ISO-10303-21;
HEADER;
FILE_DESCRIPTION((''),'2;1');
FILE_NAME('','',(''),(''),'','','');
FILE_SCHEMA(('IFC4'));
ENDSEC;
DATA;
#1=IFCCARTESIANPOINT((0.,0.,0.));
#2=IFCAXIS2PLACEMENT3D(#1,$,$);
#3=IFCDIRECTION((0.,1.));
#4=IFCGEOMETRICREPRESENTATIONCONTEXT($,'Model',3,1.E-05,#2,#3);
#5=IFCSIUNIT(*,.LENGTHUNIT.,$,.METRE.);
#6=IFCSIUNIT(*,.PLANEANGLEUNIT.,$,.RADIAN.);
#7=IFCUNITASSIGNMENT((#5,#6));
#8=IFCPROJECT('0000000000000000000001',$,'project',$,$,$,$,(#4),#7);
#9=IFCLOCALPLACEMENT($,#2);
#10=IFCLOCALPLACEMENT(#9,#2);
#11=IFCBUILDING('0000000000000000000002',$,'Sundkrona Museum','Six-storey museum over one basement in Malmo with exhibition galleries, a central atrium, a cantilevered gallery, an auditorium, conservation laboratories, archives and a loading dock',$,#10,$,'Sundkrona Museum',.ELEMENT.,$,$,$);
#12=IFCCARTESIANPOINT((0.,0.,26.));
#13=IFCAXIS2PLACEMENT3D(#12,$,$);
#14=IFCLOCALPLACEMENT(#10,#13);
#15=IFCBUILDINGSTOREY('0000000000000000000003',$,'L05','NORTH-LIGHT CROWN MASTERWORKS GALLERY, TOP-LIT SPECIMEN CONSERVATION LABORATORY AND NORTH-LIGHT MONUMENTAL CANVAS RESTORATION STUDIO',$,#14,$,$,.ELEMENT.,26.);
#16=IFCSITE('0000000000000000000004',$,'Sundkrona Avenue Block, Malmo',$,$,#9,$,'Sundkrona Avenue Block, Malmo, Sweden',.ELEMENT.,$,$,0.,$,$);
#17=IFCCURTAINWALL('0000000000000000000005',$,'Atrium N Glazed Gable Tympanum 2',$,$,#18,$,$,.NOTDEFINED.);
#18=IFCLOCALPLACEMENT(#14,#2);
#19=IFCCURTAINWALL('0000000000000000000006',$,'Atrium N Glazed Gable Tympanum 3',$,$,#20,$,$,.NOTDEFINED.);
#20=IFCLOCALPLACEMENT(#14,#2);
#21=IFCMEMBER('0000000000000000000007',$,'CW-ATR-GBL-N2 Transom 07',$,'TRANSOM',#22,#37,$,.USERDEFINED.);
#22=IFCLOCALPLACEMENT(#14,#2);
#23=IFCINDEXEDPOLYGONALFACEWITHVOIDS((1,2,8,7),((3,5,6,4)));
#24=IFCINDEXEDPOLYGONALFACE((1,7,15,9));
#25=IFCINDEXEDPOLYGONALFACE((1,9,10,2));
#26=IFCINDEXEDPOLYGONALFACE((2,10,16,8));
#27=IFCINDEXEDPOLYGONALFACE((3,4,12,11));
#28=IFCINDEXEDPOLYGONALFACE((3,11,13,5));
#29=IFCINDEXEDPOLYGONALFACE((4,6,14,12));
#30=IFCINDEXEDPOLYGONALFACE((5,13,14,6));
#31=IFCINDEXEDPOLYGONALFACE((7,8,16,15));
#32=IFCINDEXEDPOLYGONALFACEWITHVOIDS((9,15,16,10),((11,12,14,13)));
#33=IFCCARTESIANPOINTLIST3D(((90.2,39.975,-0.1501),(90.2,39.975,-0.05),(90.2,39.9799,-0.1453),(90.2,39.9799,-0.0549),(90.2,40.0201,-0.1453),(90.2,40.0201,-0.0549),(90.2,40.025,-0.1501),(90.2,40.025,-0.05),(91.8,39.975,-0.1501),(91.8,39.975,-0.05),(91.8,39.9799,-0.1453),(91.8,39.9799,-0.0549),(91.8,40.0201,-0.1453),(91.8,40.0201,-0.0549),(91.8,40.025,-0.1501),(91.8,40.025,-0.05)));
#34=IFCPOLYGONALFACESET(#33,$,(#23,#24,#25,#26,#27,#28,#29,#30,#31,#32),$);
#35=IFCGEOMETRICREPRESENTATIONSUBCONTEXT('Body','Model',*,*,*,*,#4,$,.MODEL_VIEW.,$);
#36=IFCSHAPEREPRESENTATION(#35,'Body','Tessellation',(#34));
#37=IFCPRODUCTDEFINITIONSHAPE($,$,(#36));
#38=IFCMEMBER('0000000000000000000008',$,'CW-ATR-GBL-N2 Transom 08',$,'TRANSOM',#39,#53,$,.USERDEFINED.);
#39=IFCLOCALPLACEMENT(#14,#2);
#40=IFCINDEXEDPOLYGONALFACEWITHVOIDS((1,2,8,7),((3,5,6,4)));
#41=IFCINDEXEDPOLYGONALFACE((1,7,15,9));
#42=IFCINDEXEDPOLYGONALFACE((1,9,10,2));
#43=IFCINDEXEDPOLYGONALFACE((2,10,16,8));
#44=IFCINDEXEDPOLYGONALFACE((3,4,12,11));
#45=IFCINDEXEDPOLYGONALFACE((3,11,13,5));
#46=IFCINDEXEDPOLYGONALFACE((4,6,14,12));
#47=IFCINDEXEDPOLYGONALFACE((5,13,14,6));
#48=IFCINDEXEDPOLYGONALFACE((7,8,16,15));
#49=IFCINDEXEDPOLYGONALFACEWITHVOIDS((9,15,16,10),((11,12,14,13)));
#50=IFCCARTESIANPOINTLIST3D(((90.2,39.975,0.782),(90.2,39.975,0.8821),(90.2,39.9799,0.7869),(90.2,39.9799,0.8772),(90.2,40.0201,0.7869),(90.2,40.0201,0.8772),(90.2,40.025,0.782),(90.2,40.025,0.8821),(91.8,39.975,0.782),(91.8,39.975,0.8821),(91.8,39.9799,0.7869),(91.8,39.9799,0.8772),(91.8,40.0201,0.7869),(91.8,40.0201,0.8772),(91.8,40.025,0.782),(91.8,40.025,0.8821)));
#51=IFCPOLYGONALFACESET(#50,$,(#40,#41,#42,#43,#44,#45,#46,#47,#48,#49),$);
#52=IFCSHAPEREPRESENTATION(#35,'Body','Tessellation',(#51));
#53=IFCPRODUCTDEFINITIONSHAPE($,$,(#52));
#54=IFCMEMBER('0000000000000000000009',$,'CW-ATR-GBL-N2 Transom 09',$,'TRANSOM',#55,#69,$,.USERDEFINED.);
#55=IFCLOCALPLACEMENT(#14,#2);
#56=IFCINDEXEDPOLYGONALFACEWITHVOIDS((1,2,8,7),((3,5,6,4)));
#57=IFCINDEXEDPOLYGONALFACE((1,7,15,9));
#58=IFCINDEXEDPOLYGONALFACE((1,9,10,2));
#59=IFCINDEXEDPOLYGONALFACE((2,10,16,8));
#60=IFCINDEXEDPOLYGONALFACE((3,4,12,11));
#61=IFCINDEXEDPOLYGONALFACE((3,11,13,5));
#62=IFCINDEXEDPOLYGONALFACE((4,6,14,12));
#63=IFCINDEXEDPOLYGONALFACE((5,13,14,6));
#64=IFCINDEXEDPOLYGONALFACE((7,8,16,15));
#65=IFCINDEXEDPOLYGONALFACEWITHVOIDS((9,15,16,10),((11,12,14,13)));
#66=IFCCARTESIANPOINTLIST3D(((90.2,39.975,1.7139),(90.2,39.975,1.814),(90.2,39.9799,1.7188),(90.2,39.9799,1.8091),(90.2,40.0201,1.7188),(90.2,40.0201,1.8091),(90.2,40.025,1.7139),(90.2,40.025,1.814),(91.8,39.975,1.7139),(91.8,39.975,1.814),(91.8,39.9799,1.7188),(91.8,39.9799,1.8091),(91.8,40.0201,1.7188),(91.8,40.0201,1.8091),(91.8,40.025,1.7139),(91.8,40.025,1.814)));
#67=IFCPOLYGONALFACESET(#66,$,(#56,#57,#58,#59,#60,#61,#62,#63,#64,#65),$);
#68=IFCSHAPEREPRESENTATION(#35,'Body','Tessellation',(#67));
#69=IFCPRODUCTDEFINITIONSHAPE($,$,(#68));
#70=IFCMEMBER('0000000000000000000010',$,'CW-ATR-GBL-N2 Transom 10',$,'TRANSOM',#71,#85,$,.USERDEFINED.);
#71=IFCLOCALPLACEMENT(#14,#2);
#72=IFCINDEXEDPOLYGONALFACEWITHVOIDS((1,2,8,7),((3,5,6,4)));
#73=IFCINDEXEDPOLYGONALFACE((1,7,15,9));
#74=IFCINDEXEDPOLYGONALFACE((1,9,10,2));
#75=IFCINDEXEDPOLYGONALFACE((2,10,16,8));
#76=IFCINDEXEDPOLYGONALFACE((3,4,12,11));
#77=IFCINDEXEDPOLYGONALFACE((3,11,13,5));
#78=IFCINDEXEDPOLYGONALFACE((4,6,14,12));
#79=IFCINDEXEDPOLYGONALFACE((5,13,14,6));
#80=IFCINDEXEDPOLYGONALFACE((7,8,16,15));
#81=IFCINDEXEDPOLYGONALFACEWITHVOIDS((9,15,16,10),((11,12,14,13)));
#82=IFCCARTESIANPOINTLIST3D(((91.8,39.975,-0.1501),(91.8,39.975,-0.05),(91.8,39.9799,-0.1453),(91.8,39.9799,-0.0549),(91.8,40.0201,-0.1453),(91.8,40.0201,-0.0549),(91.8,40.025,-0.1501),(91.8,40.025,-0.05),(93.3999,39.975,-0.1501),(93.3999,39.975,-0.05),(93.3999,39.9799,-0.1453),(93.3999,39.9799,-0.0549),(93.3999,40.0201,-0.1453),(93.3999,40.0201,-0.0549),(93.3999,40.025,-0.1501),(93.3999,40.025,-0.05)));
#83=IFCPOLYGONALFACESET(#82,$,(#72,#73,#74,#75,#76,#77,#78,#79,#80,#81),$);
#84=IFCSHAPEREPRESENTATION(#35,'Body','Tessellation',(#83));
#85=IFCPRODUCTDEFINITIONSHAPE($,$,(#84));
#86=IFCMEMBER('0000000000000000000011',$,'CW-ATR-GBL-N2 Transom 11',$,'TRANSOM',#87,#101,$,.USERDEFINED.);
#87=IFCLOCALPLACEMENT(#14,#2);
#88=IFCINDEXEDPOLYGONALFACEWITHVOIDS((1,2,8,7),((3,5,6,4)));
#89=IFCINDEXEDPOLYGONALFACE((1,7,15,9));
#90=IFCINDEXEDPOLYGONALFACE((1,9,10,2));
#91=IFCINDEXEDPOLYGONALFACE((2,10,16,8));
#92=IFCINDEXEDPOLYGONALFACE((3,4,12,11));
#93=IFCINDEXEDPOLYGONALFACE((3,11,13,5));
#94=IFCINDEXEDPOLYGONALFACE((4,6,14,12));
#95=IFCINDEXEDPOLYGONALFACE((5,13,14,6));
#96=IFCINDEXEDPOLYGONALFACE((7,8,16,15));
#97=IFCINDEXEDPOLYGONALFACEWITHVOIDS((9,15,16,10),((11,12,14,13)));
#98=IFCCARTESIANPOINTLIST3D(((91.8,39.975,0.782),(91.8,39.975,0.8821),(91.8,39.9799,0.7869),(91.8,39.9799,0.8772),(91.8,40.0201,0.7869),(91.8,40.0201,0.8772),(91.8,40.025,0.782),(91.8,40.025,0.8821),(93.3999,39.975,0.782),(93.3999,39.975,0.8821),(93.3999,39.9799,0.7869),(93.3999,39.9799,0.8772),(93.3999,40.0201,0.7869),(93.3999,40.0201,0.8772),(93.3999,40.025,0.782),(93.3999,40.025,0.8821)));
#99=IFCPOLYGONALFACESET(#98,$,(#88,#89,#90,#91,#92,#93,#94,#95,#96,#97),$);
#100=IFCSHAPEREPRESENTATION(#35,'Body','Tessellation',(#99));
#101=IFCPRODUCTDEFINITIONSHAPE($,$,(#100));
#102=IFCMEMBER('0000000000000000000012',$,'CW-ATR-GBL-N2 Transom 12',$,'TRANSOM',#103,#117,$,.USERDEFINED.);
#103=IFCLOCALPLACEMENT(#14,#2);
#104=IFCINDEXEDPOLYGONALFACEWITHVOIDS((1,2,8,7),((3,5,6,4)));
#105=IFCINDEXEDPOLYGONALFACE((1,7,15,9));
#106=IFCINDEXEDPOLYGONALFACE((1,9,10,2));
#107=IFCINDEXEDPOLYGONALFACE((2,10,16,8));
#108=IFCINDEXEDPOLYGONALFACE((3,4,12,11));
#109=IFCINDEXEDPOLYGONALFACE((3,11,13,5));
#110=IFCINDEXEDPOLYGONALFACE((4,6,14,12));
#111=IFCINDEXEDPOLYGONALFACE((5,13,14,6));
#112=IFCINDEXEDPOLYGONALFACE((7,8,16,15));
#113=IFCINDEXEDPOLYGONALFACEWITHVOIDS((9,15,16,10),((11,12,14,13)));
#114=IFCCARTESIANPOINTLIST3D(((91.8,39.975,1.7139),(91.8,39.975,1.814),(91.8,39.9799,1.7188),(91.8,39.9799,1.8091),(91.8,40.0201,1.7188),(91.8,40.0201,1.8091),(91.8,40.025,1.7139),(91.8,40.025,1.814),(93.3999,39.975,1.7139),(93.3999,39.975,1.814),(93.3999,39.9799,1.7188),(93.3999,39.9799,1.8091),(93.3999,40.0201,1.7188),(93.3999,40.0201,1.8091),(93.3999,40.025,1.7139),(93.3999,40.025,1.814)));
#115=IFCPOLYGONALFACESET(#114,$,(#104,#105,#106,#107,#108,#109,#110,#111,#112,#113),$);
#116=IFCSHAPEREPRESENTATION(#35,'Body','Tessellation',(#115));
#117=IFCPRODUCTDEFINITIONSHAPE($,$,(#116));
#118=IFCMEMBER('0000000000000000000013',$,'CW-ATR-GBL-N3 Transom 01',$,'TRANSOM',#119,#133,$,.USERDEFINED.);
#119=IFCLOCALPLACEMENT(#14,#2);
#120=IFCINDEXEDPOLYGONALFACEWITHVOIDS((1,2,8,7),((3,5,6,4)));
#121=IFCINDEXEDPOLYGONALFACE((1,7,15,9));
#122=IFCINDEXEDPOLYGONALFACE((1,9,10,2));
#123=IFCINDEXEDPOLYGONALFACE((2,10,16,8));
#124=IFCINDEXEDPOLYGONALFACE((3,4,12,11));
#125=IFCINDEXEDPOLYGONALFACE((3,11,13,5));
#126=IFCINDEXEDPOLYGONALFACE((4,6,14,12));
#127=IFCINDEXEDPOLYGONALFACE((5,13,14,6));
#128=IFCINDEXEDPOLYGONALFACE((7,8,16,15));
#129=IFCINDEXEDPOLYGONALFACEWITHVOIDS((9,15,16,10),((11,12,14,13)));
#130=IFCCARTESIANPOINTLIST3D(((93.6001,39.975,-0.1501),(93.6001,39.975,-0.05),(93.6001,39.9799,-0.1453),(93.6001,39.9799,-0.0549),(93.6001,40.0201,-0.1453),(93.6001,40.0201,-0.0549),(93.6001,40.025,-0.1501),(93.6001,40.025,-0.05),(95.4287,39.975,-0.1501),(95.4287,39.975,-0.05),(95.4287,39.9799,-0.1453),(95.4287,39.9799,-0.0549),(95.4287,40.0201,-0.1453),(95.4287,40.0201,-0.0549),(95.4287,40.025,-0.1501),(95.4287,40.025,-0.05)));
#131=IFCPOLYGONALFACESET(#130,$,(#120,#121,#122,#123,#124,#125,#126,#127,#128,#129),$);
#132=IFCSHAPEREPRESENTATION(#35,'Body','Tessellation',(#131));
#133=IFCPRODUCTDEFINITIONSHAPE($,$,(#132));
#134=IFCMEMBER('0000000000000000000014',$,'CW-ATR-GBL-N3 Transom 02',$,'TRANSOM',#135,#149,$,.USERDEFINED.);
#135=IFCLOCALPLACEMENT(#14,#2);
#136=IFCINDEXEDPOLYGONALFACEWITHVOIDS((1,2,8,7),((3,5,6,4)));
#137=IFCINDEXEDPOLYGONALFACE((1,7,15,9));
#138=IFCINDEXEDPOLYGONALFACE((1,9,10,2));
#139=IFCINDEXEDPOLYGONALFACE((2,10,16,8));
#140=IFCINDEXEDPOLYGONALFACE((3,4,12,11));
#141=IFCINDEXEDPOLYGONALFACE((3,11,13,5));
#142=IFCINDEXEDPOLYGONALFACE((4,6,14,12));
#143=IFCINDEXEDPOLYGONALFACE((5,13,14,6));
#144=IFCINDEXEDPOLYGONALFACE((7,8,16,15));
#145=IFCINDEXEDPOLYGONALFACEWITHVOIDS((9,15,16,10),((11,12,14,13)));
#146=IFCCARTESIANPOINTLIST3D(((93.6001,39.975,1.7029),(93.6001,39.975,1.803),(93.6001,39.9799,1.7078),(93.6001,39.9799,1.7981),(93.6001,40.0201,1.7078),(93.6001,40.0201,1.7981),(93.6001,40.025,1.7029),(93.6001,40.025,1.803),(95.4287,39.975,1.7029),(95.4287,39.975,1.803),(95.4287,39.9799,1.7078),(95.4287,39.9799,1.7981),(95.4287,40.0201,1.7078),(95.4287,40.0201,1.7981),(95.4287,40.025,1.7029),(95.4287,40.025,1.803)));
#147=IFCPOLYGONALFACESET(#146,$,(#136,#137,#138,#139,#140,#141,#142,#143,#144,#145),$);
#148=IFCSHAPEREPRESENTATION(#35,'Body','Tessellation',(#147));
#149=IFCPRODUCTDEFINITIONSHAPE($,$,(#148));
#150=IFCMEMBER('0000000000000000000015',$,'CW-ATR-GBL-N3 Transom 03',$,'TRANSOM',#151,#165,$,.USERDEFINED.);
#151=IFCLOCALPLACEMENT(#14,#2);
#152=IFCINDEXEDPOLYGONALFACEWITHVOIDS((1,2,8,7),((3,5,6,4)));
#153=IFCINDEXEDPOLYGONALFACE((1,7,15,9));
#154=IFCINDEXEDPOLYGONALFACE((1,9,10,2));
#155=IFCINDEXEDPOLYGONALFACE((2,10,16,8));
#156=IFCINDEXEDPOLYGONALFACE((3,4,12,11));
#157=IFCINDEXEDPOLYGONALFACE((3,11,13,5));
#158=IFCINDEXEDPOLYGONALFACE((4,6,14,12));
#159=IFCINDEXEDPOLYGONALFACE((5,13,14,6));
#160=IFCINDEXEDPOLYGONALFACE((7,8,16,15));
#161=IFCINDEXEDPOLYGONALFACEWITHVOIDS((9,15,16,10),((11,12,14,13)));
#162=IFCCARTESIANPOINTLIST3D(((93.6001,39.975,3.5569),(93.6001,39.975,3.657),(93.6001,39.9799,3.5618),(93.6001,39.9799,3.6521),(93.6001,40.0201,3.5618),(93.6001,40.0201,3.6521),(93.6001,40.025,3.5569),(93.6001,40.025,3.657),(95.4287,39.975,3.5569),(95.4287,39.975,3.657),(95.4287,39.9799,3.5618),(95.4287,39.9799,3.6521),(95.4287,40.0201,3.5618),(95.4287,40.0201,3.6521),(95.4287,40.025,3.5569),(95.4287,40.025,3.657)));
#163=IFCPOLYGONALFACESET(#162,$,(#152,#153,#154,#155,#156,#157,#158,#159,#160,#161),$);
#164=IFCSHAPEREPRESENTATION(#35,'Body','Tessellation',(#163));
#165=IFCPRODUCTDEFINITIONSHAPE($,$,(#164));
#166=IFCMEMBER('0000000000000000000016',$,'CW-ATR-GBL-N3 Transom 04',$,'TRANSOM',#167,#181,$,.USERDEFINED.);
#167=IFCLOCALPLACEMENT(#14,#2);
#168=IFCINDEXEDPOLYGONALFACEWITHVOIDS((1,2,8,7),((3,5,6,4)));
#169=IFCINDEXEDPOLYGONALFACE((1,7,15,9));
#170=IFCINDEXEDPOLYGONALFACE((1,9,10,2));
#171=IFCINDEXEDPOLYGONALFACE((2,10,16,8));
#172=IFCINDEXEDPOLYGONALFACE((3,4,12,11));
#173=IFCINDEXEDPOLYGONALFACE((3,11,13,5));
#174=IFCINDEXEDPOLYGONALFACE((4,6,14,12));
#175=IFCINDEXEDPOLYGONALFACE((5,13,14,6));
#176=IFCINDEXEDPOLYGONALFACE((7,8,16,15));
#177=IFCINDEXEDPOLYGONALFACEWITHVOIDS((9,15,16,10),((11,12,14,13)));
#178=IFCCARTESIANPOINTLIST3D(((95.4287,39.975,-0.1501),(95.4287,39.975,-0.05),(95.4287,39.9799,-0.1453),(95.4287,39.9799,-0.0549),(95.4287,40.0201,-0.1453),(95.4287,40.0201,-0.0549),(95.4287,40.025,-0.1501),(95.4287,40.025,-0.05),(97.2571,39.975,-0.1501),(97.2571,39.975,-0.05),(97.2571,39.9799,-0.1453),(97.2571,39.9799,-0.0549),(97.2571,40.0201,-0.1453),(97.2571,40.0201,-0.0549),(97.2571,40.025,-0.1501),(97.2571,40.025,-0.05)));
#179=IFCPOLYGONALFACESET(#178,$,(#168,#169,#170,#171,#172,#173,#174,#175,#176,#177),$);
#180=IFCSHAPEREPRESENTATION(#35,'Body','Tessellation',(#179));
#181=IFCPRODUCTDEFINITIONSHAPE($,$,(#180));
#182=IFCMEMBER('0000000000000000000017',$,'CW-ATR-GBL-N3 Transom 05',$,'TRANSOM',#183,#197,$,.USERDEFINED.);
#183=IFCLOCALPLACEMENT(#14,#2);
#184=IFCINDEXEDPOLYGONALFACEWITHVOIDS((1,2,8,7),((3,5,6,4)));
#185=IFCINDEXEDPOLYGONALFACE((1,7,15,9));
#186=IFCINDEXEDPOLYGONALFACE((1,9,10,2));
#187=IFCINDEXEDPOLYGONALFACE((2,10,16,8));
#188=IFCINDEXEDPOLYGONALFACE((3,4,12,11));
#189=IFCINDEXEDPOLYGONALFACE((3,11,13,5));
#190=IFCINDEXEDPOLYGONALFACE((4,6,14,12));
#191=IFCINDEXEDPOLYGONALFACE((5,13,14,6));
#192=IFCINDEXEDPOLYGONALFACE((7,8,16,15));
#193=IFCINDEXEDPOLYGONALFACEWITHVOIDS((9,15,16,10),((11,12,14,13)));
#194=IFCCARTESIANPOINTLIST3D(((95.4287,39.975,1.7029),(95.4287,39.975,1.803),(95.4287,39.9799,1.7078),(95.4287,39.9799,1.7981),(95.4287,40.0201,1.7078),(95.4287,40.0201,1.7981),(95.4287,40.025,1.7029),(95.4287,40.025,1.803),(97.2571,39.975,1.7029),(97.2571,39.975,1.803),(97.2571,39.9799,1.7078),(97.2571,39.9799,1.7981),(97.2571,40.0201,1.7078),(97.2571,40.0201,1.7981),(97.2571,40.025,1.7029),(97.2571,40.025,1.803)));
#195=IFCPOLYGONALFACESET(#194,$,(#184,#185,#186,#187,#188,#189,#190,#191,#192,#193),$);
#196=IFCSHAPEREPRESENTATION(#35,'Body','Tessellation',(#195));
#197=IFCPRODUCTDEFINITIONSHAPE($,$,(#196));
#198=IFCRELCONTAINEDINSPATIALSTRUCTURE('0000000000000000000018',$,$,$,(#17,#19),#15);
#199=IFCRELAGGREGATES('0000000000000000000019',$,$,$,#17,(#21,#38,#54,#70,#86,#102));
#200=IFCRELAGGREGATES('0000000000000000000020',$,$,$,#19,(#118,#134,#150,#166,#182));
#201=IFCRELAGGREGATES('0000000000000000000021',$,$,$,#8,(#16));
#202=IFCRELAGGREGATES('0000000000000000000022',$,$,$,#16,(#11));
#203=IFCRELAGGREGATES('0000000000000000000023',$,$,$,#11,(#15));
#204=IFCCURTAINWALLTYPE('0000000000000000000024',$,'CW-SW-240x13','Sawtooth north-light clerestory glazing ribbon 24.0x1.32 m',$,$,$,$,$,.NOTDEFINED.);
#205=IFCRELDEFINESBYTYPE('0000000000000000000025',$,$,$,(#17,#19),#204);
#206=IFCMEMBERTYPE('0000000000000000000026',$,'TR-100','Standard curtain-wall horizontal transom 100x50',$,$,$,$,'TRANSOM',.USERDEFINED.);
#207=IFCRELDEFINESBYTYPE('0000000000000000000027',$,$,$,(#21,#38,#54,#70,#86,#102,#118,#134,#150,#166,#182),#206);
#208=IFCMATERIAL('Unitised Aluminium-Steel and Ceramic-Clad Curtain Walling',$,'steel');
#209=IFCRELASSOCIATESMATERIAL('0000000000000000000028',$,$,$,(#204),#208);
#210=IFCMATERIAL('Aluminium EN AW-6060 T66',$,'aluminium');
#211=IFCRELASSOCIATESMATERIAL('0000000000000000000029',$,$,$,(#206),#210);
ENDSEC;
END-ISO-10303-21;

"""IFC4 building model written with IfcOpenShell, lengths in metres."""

from ifc_helpers import new_model, si_unit, direction, frame, origin, origin_2d, place, context, subcontext, project, spatial, hollow_rectangle, extrude, material, material_profile, profile_set, type_object, element, aggregate, save


model = new_model("IFC4")

# Units and contexts
model_context = context("Model", 3, precision=1e-05, world=origin(), true_north=direction((0.0, 1.0)))
body_context = subcontext(model_context, "Body", "Model", "MODEL_VIEW")
ifc_project = project(units=[si_unit("LENGTHUNIT", "METRE"), si_unit("PLANEANGLEUNIT", "RADIAN")], contexts=[model_context])

# Site, building, storey
site_placement = place(None, origin())
site = spatial("IfcSite", under=ifc_project, at=site_placement, Name="Sundkrona Avenue Block, Malmo", LongName="Sundkrona Avenue Block, Malmo, Sweden", CompositionType="ELEMENT", RefElevation=0.0)
building_placement = place(site_placement, origin())
building = spatial("IfcBuilding", under=site, at=building_placement, Name="Sundkrona Museum", Description="Six-storey museum over one basement in Malmo with exhibition galleries, a central atrium, a cantilevered gallery, an auditorium, conservation laboratories, archives and a loading dock", LongName="Sundkrona Museum", CompositionType="ELEMENT")
storey_placement = place(building_placement, frame((0.0, 0.0, 26.0)))
storey = spatial("IfcBuildingStorey", under=building, at=storey_placement, Name="L05", Description="NORTH-LIGHT CROWN MASTERWORKS GALLERY, TOP-LIT SPECIMEN CONSERVATION LABORATORY AND NORTH-LIGHT MONUMENTAL CANVAS RESTORATION STUDIO", CompositionType="ELEMENT", Elevation=26.0)

# Curtain walls
ifc_material_1 = material(Name="Unitised Aluminium-Steel and Ceramic-Clad Curtain Walling", Category="steel")
curtain_wall_type = type_object("IfcCurtainWallType", Name="CW-SW-240x13", Description="Sawtooth north-light clerestory glazing ribbon 24.0x1.32 m", PredefinedType="NOTDEFINED", material=ifc_material_1)
curtain_wall_1_placement = place(storey_placement, origin())
curtain_wall_1 = element("IfcCurtainWall", 1, at=curtain_wall_1_placement, inside=storey, type_object=curtain_wall_type, Name="Atrium N Glazed Gable Tympanum 2", PredefinedType="NOTDEFINED")
ifc_material_2 = material(Name="Aluminium EN AW-6060 T66", Category="aluminium")
curtain_wall_2_placement = place(storey_placement, origin())
curtain_wall_2 = element("IfcCurtainWall", 2, at=curtain_wall_2_placement, inside=storey, type_object=curtain_wall_type, Name="Atrium N Glazed Gable Tympanum 3", PredefinedType="NOTDEFINED")

# Members
ifc_material_profile_1 = material_profile(ifc_material_2, hollow_rectangle(XDim=0.05, YDim=0.1001, WallThickness=0.0049, at=origin_2d()), Name="RHS 100x50x5.0")
ifc_profile_set_1 = profile_set([ifc_material_profile_1], Name="Aluminium EN AW-6060 T66")
member_type_1 = type_object("IfcMemberType", Name="TR-100", Description="Standard curtain-wall horizontal transom 100x50", ElementType="TRANSOM", PredefinedType="USERDEFINED", material=ifc_profile_set_1)
member_1_placement = place(storey_placement, frame((90.2, 40.0, -0.1001), z_axis=(1.0, 0.0, 0.0), x_axis=(0.0, 1.0, 0.0)))
member_1 = element("IfcMember", 3, at=member_1_placement, type_object=member_type_1, Name="CW-ATR-GBL-N2 Transom 07", ObjectType="TRANSOM", PredefinedType="USERDEFINED", context=body_context, shape_type="SweptSolid", body=[
    extrude(hollow_rectangle(XDim=0.05, YDim=0.1001, WallThickness=0.0049, at=origin_2d()), origin(), (0.0, 0.0, 1.0), 1.6001),
])
member_2_placement = place(storey_placement, frame((90.2, 40.0, 0.832), z_axis=(1.0, 0.0, 0.0), x_axis=(0.0, 1.0, 0.0)))
member_2 = element("IfcMember", 4, at=member_2_placement, type_object=member_type_1, Name="CW-ATR-GBL-N2 Transom 08", ObjectType="TRANSOM", PredefinedType="USERDEFINED", context=body_context, shape_type="SweptSolid", body=[
    extrude(hollow_rectangle(XDim=0.05, YDim=0.1001, WallThickness=0.0049, at=origin_2d()), origin(), (0.0, 0.0, 1.0), 1.6001),
])
member_3_placement = place(storey_placement, frame((90.2, 40.0, 1.7639), z_axis=(1.0, 0.0, 0.0), x_axis=(0.0, 1.0, 0.0)))
member_3 = element("IfcMember", 5, at=member_3_placement, type_object=member_type_1, Name="CW-ATR-GBL-N2 Transom 09", ObjectType="TRANSOM", PredefinedType="USERDEFINED", context=body_context, shape_type="SweptSolid", body=[
    extrude(hollow_rectangle(XDim=0.05, YDim=0.1001, WallThickness=0.0049, at=origin_2d()), origin(), (0.0, 0.0, 1.0), 1.6001),
])
member_4_placement = place(storey_placement, frame((91.8, 40.0, -0.1001), z_axis=(1.0, 0.0, 0.0), x_axis=(0.0, 1.0, 0.0)))
member_4 = element("IfcMember", 6, at=member_4_placement, type_object=member_type_1, Name="CW-ATR-GBL-N2 Transom 10", ObjectType="TRANSOM", PredefinedType="USERDEFINED", context=body_context, shape_type="SweptSolid", body=[
    extrude(hollow_rectangle(XDim=0.05, YDim=0.1001, WallThickness=0.0049, at=origin_2d()), origin(), (0.0, 0.0, 1.0), 1.5999),
])
member_5_placement = place(storey_placement, frame((91.8, 40.0, 0.832), z_axis=(1.0, 0.0, 0.0), x_axis=(0.0, 1.0, 0.0)))
member_5 = element("IfcMember", 7, at=member_5_placement, type_object=member_type_1, Name="CW-ATR-GBL-N2 Transom 11", ObjectType="TRANSOM", PredefinedType="USERDEFINED", context=body_context, shape_type="SweptSolid", body=[
    extrude(hollow_rectangle(XDim=0.05, YDim=0.1001, WallThickness=0.0049, at=origin_2d()), origin(), (0.0, 0.0, 1.0), 1.5999),
])
member_6_placement = place(storey_placement, frame((91.8, 40.0, 1.7639), z_axis=(1.0, 0.0, 0.0), x_axis=(0.0, 1.0, 0.0)))
member_6 = element("IfcMember", 8, at=member_6_placement, type_object=member_type_1, Name="CW-ATR-GBL-N2 Transom 12", ObjectType="TRANSOM", PredefinedType="USERDEFINED", context=body_context, shape_type="SweptSolid", body=[
    extrude(hollow_rectangle(XDim=0.05, YDim=0.1001, WallThickness=0.0049, at=origin_2d()), origin(), (0.0, 0.0, 1.0), 1.5999),
])
member_7_placement = place(storey_placement, frame((93.6001, 40.0, -0.1001), z_axis=(1.0, 0.0, 0.0), x_axis=(0.0, 1.0, 0.0)))
member_7 = element("IfcMember", 9, at=member_7_placement, type_object=member_type_1, Name="CW-ATR-GBL-N3 Transom 01", ObjectType="TRANSOM", PredefinedType="USERDEFINED", context=body_context, shape_type="SweptSolid", body=[
    extrude(hollow_rectangle(XDim=0.05, YDim=0.1001, WallThickness=0.0049, at=origin_2d()), origin(), (0.0, 0.0, 1.0), 1.8286),
])
member_8_placement = place(storey_placement, frame((93.6001, 40.0, 1.7529), z_axis=(1.0, 0.0, 0.0), x_axis=(0.0, 1.0, 0.0)))
member_8 = element("IfcMember", 10, at=member_8_placement, type_object=member_type_1, Name="CW-ATR-GBL-N3 Transom 02", ObjectType="TRANSOM", PredefinedType="USERDEFINED", context=body_context, shape_type="SweptSolid", body=[
    extrude(hollow_rectangle(XDim=0.05, YDim=0.1001, WallThickness=0.0049, at=origin_2d()), origin(), (0.0, 0.0, 1.0), 1.8286),
])
member_9_placement = place(storey_placement, frame((93.6001, 40.0, 3.6069), z_axis=(1.0, 0.0, 0.0), x_axis=(0.0, 1.0, 0.0)))
member_9 = element("IfcMember", 11, at=member_9_placement, type_object=member_type_1, Name="CW-ATR-GBL-N3 Transom 03", ObjectType="TRANSOM", PredefinedType="USERDEFINED", context=body_context, shape_type="SweptSolid", body=[
    extrude(hollow_rectangle(XDim=0.05, YDim=0.1001, WallThickness=0.0049, at=origin_2d()), origin(), (0.0, 0.0, 1.0), 1.8286),
])
member_10_placement = place(storey_placement, frame((95.4287, 40.0, -0.1001), z_axis=(1.0, 0.0, 0.0), x_axis=(0.0, 1.0, 0.0)))
member_10 = element("IfcMember", 12, at=member_10_placement, type_object=member_type_1, Name="CW-ATR-GBL-N3 Transom 04", ObjectType="TRANSOM", PredefinedType="USERDEFINED", context=body_context, shape_type="SweptSolid", body=[
    extrude(hollow_rectangle(XDim=0.05, YDim=0.1001, WallThickness=0.0049, at=origin_2d()), origin(), (0.0, 0.0, 1.0), 1.8284),
])
member_11_placement = place(storey_placement, frame((95.4287, 40.0, 1.7529), z_axis=(1.0, 0.0, 0.0), x_axis=(0.0, 1.0, 0.0)))
member_11 = element("IfcMember", 13, at=member_11_placement, type_object=member_type_1, Name="CW-ATR-GBL-N3 Transom 05", ObjectType="TRANSOM", PredefinedType="USERDEFINED", context=body_context, shape_type="SweptSolid", body=[
    extrude(hollow_rectangle(XDim=0.05, YDim=0.1001, WallThickness=0.0049, at=origin_2d()), origin(), (0.0, 0.0, 1.0), 1.8284),
])

aggregate(curtain_wall_1, [member_1, member_2, member_3, member_4, member_5, member_6])
aggregate(curtain_wall_2, [member_7, member_8, member_9, member_10, member_11])

save(model, "model.ifc")
